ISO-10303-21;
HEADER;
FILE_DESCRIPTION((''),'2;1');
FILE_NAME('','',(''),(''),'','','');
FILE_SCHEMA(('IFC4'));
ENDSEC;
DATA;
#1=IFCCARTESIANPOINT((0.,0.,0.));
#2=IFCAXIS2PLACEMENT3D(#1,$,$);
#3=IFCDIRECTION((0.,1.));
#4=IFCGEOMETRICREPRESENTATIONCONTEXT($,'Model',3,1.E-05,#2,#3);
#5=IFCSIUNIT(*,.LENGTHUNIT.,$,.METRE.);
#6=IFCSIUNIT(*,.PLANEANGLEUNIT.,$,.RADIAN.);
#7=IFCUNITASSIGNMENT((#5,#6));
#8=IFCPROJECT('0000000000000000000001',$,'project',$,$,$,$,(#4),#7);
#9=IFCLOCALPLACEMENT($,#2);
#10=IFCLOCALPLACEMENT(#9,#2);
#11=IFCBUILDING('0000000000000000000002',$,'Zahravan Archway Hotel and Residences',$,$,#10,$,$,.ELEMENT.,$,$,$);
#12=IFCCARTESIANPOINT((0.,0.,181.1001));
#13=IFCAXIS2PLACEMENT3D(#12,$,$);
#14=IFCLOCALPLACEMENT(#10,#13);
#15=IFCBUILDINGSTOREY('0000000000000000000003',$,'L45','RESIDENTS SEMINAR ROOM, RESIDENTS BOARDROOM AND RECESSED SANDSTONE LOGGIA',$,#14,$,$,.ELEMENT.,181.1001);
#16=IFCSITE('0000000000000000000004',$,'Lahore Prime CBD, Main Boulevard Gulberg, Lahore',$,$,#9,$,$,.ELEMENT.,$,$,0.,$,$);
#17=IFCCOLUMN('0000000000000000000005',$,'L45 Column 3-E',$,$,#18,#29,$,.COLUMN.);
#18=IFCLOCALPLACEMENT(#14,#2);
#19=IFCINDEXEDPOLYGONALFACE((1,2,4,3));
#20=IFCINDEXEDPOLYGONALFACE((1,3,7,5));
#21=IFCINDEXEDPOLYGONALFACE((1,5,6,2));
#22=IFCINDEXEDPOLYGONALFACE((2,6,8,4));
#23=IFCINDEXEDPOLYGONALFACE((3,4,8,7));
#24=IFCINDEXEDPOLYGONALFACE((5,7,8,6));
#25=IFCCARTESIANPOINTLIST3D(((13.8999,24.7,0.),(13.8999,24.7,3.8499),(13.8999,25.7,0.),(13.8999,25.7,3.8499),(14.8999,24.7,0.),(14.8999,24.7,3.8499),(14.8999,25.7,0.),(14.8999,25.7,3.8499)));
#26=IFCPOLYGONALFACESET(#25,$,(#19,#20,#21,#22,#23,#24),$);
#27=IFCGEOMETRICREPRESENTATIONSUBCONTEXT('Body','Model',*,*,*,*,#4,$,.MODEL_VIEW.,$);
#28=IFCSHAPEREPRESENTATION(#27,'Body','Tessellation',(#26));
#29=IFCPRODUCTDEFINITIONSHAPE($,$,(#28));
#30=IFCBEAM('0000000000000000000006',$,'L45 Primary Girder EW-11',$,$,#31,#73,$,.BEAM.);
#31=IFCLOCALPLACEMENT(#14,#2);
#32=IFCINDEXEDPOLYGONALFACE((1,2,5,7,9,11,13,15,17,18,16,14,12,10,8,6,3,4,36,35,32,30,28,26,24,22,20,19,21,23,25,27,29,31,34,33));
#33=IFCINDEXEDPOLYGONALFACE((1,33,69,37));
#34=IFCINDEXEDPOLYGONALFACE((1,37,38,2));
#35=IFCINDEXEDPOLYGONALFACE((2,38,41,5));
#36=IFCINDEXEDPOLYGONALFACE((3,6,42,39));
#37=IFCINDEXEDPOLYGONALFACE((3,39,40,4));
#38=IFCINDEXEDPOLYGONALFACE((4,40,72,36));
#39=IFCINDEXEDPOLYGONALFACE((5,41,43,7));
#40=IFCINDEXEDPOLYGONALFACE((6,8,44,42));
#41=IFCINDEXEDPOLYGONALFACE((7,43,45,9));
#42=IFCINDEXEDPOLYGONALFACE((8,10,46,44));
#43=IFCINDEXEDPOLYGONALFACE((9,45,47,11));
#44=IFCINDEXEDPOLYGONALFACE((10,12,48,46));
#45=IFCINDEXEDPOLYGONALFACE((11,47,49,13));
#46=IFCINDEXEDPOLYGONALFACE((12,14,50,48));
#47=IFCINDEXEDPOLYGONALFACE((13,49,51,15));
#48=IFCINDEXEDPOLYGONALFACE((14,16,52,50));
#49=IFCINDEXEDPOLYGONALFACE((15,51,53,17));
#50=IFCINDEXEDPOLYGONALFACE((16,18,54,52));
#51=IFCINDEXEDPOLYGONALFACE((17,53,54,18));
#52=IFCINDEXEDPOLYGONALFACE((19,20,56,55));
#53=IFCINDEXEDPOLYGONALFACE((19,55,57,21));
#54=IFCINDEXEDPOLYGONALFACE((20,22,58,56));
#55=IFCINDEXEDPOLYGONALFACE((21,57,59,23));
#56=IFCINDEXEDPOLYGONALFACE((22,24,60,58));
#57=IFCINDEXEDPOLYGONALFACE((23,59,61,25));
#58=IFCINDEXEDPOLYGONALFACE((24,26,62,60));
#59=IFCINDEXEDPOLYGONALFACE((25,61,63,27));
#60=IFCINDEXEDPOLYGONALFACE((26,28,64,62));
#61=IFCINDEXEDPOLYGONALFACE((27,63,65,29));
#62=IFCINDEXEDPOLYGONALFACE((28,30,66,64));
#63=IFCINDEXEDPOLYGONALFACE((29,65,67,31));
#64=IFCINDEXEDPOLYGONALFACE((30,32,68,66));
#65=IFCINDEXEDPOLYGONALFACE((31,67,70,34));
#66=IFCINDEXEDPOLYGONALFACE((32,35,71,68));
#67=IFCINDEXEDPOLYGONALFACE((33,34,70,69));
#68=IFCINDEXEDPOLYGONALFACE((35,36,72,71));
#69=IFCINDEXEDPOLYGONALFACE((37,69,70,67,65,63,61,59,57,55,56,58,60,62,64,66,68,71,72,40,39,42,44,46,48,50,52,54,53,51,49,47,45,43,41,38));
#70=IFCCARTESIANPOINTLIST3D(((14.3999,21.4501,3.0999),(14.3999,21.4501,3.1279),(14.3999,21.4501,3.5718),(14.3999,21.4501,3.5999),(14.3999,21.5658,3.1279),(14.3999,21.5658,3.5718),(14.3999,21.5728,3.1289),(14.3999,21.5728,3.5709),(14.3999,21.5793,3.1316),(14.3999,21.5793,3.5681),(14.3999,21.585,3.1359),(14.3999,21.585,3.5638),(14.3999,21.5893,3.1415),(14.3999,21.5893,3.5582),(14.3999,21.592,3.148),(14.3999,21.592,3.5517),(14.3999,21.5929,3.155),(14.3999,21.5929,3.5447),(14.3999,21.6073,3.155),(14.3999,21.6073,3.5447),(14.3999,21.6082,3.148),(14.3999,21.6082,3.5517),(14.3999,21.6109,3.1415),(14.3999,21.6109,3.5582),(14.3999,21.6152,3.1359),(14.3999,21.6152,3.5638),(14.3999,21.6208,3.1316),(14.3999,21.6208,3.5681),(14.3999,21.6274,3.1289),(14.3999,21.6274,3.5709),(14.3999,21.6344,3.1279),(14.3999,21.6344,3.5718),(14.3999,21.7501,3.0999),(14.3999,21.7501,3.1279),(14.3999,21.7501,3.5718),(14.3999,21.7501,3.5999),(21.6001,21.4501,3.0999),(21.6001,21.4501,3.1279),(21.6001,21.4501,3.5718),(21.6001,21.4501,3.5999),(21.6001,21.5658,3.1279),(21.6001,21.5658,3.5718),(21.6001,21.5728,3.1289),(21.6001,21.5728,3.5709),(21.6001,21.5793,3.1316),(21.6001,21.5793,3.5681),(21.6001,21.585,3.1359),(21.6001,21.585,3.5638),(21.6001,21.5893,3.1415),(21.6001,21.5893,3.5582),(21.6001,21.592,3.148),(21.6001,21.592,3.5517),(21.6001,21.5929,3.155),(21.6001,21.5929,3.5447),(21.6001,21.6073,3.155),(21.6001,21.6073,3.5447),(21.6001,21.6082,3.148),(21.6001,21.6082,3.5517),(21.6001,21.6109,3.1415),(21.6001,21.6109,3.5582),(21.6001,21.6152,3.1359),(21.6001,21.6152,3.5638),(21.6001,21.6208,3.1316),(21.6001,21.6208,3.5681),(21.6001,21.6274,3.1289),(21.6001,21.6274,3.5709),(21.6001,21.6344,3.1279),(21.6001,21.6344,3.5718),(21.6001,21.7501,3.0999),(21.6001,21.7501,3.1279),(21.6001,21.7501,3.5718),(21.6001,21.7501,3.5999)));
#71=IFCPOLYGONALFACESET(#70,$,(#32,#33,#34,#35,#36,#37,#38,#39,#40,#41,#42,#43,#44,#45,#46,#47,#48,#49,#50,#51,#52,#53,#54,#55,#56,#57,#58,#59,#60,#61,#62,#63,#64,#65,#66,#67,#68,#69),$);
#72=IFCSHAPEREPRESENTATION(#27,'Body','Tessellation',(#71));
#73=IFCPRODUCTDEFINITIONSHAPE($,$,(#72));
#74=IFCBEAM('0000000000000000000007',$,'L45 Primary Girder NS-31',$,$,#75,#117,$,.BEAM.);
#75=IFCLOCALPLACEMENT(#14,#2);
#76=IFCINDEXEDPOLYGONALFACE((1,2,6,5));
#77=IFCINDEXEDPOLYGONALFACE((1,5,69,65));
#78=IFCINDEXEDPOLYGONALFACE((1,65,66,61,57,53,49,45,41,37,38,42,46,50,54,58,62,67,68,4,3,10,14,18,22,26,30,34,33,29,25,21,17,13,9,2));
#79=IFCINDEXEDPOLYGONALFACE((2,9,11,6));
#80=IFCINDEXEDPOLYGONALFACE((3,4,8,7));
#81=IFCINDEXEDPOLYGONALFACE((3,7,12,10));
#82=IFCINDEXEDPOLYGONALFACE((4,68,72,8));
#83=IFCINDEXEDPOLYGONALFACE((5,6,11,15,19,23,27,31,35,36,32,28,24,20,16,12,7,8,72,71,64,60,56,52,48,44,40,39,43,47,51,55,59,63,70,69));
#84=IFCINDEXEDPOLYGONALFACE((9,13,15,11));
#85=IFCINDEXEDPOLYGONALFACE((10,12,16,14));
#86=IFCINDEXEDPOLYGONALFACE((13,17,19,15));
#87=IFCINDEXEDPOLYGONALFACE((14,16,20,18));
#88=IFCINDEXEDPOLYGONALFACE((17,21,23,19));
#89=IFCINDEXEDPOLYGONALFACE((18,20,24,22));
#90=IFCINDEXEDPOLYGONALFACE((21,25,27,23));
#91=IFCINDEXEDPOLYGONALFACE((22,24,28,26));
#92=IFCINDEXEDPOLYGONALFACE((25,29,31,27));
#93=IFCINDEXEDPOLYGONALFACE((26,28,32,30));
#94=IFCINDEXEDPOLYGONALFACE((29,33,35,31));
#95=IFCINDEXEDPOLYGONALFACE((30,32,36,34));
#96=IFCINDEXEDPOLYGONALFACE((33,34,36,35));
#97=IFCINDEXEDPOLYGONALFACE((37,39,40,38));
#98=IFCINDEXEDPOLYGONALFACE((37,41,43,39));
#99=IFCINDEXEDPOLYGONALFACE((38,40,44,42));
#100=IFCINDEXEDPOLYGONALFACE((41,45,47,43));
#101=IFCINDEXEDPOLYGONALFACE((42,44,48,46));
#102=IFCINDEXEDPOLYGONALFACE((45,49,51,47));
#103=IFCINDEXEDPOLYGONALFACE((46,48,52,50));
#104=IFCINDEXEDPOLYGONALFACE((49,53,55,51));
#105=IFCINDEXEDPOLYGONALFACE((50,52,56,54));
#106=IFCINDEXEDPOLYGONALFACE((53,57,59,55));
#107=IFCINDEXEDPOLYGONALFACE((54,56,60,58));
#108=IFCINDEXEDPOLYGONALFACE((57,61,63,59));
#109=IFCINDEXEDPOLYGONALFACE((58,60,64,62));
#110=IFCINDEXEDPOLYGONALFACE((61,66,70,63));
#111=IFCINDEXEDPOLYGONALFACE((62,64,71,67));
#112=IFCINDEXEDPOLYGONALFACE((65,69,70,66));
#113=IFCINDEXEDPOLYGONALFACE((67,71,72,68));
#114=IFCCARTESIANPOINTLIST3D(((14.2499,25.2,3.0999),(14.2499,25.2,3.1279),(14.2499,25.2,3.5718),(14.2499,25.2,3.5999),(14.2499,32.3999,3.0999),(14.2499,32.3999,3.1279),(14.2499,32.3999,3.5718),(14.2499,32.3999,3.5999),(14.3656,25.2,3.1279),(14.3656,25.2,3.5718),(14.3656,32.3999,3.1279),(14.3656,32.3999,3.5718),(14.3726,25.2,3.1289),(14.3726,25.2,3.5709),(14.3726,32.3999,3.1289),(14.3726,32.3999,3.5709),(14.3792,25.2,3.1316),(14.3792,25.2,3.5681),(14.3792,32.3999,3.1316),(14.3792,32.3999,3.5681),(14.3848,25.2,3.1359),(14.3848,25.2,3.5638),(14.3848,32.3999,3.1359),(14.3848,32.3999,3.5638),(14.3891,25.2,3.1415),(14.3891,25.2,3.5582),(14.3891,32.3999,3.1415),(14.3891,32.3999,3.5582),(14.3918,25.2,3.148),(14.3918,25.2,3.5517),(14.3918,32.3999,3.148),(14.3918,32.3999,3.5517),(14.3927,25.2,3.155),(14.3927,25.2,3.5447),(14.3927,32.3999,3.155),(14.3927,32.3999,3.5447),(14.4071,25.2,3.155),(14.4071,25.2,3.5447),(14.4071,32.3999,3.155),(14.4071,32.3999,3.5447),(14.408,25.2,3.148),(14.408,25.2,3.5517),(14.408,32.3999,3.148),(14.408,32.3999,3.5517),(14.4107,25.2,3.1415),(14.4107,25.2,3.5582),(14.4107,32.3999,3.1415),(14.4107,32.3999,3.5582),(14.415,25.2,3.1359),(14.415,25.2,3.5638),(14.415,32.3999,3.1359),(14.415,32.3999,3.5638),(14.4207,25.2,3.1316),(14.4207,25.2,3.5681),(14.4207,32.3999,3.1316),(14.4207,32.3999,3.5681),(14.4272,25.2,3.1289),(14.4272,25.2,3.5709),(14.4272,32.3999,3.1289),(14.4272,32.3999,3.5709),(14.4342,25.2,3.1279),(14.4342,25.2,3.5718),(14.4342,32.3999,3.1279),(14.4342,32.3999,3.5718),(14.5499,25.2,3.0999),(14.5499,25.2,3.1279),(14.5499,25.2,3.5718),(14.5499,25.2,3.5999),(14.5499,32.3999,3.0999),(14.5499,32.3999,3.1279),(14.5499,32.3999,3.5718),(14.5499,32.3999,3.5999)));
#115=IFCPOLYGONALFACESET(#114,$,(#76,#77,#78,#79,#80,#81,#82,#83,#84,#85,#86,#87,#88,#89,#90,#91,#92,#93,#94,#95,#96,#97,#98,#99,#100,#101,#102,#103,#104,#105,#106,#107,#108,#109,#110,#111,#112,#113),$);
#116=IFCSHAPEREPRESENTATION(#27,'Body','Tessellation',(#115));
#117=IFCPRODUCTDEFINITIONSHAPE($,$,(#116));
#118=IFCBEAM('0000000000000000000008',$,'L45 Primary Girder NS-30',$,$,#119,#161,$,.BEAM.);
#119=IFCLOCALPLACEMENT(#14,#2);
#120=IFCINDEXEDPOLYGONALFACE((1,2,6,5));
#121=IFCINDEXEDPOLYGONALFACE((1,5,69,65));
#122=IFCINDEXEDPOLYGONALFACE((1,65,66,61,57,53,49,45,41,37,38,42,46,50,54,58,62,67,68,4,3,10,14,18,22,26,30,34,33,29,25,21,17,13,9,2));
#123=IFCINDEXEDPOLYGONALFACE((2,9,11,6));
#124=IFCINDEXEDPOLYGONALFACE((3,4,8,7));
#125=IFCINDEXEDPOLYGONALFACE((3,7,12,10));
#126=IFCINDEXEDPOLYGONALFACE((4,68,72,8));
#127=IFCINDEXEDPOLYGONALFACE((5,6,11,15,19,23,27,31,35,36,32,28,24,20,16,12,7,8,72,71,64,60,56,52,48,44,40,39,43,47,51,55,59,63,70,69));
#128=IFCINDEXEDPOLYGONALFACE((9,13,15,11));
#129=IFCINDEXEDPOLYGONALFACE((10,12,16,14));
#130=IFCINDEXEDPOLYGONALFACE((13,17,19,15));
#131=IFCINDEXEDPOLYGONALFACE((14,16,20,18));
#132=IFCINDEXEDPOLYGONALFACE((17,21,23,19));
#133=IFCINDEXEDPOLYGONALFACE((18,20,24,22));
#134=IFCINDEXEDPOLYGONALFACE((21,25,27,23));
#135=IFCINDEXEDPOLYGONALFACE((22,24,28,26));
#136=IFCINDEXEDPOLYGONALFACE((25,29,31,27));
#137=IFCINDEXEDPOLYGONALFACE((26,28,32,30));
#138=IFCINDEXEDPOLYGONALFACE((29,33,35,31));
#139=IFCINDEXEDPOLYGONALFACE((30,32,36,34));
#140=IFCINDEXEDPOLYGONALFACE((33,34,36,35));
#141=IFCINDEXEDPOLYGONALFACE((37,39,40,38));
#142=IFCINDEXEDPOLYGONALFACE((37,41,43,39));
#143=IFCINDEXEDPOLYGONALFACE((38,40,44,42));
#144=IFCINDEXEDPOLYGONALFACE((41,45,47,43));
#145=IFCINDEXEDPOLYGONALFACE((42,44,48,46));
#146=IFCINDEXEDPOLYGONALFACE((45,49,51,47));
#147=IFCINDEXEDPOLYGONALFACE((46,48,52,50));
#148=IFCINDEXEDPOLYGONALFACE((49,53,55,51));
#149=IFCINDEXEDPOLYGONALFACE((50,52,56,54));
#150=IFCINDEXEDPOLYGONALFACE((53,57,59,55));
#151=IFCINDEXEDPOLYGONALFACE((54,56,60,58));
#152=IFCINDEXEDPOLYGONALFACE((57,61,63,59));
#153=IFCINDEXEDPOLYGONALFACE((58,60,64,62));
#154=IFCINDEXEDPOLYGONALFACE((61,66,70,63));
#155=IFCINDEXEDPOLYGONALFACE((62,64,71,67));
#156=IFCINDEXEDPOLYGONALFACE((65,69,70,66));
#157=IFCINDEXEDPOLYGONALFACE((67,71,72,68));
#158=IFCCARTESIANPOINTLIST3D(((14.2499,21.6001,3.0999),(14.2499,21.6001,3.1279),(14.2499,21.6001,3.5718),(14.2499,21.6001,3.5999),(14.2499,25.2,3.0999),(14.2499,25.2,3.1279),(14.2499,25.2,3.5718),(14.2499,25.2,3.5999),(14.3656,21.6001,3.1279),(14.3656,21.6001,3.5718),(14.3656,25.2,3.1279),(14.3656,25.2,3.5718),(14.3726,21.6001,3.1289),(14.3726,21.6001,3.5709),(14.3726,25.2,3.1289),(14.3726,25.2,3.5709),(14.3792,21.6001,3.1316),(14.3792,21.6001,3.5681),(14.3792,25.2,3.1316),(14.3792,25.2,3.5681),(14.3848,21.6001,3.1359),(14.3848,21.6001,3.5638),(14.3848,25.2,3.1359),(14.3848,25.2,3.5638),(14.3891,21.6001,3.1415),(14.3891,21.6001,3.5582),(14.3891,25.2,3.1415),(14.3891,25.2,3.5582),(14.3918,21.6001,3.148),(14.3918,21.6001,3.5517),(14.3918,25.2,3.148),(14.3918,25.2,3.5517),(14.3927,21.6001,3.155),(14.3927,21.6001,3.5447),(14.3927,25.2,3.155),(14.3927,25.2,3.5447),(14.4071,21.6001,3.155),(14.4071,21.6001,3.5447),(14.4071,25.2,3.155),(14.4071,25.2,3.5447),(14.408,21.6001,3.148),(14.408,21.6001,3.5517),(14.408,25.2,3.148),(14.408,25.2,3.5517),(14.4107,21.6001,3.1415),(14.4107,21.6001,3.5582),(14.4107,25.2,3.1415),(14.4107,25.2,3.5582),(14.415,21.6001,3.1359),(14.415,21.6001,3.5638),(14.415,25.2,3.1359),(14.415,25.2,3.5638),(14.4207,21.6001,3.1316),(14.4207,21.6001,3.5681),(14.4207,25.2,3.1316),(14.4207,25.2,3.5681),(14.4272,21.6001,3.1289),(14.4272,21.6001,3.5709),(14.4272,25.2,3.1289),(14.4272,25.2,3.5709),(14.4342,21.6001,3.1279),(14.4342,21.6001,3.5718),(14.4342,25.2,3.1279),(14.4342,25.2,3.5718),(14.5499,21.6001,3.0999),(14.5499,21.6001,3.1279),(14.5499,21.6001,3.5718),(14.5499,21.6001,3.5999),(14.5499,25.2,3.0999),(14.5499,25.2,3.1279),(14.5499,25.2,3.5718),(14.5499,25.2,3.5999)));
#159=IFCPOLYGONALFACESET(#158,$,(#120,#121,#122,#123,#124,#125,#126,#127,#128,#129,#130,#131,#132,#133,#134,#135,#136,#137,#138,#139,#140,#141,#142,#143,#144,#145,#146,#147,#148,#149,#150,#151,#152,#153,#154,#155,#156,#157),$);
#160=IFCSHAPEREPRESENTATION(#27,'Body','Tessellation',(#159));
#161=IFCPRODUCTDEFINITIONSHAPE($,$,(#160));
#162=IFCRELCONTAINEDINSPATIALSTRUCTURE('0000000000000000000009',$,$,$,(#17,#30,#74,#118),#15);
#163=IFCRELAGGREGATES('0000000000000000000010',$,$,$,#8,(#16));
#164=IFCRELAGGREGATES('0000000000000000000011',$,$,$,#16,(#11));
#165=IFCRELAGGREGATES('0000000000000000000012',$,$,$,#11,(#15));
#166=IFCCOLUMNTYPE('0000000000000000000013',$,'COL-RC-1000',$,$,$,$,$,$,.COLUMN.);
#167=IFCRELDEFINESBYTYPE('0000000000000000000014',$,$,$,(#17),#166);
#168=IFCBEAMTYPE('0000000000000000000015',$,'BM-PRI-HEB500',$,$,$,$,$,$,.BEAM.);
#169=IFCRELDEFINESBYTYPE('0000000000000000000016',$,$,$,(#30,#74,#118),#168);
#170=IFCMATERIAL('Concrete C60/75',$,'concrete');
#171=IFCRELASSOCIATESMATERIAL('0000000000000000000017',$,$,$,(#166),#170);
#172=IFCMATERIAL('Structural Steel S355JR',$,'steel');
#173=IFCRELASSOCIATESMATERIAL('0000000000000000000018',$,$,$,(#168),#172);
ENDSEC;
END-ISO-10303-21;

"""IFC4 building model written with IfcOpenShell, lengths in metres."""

from ifc_helpers import new_model, si_unit, direction, frame, origin, origin_2d, place, context, subcontext, project, spatial, rectangle, i_section, extrude, source, transform, mapped, material, material_profile, profile_set, type_object, type_shapes, element, save


model = new_model("IFC4")

# Units and contexts
model_context = context("Model", 3, precision=1e-05, world=origin(), true_north=direction((0.0, 1.0)))
body_context = subcontext(model_context, "Body", "Model", "MODEL_VIEW")
ifc_project = project(units=[si_unit("LENGTHUNIT", "METRE"), si_unit("PLANEANGLEUNIT", "RADIAN")], contexts=[model_context])

# Site, building, storey
site_placement = place(None, origin())
site = spatial("IfcSite", under=ifc_project, at=site_placement, Name="Lahore Prime CBD, Main Boulevard Gulberg, Lahore", CompositionType="ELEMENT", RefElevation=0.0)
building_placement = place(site_placement, origin())
building = spatial("IfcBuilding", under=site, at=building_placement, Name="Zahravan Archway Hotel and Residences", CompositionType="ELEMENT")
storey_placement = place(building_placement, frame((0.0, 0.0, 181.1001)))
storey = spatial("IfcBuildingStorey", under=building, at=storey_placement, Name="L45", Description="RESIDENTS SEMINAR ROOM, RESIDENTS BOARDROOM AND RECESSED SANDSTONE LOGGIA", CompositionType="ELEMENT", Elevation=181.1001)

# Column
ifc_material_1 = material(Name="Concrete C60/75", Category="concrete")
ifc_material_profile_1 = material_profile(ifc_material_1, rectangle(XDim=1.0, YDim=1.0, at=origin_2d()), Name="RC-COL-1000x1000", Category="concrete")
ifc_profile_set_1 = profile_set([ifc_material_profile_1], Name="Concrete C60/75")
column_type = type_object("IfcColumnType", Name="COL-RC-1000", PredefinedType="COLUMN", material=ifc_profile_set_1)
shared_shape_1 = source(origin(), body_context, "Body", "SweptSolid", [
    extrude(rectangle(XDim=1.0, YDim=1.0, at=origin_2d()), origin(), (0.0, 0.0, 1.0), 3.8499),
])
column_placement = place(storey_placement, frame((14.3999, 25.2, 0.0), z_axis=(0.0, 0.0, 1.0), x_axis=(1.0, 0.0, 0.0)))
element("IfcColumn", 1, at=column_placement, inside=storey, type_object=column_type, Name="L45 Column 3-E", PredefinedType="COLUMN", context=body_context, shape_type="MappedRepresentation", body=[
    mapped(shared_shape_1, transform((0.0, 0.0, 0.0), scale=1.0)),
])

# Beams
ifc_material_2 = material(Name="Structural Steel S355JR", Category="steel")
ifc_material_profile_2 = material_profile(ifc_material_2, i_section(OverallWidth=0.3, OverallDepth=0.5, WebThickness=0.0144, FlangeThickness=0.0281, FilletRadius=0.0271, at=origin_2d()), Name="HEB 500", Category="steel")
ifc_profile_set_2 = profile_set([ifc_material_profile_2], Name="Structural Steel S355JR")
beam_type_1 = type_object("IfcBeamType", Name="BM-PRI-HEB500", PredefinedType="BEAM", material=ifc_profile_set_2)
shared_shape_2 = source(origin(), body_context, "Body", "SweptSolid", [
    extrude(i_section(OverallWidth=0.3, OverallDepth=0.5, WebThickness=0.0144, FlangeThickness=0.0281, FilletRadius=0.0271, at=origin_2d()), origin(), (0.0, 0.0, 1.0), 7.2002),
])
type_shapes(beam_type_1, [shared_shape_2])
beam_1_placement = place(storey_placement, frame((14.3999, 21.6001, 3.3499), z_axis=(1.0, 0.0, 0.0), x_axis=(0.0, 1.0, 0.0)))
element("IfcBeam", 2, at=beam_1_placement, inside=storey, type_object=beam_type_1, Name="L45 Primary Girder EW-11", PredefinedType="BEAM", context=body_context, shape_type="MappedRepresentation", body=[
    mapped(shared_shape_2, transform((0.0, 0.0, 0.0), scale=1.0)),
])
shared_shape_3 = source(origin(), body_context, "Body", "SweptSolid", [
    extrude(i_section(OverallWidth=0.3, OverallDepth=0.5, WebThickness=0.0144, FlangeThickness=0.0281, FilletRadius=0.0271, at=origin_2d()), origin(), (0.0, 0.0, 1.0), 7.2),
])
beam_2_placement = place(storey_placement, frame((14.3999, 25.2, 3.3499), z_axis=(0.0, 1.0, 0.0), x_axis=(-1.0, 0.0, 0.0)))
element("IfcBeam", 3, at=beam_2_placement, inside=storey, type_object=beam_type_1, Name="L45 Primary Girder NS-31", PredefinedType="BEAM", context=body_context, shape_type="MappedRepresentation", body=[
    mapped(shared_shape_3, transform((0.0, 0.0, 0.0), scale=1.0)),
])
shared_shape_4 = source(origin(), body_context, "Body", "SweptSolid", [
    extrude(i_section(OverallWidth=0.3, OverallDepth=0.5, WebThickness=0.0144, FlangeThickness=0.0281, FilletRadius=0.0271, at=origin_2d()), origin(), (0.0, 0.0, 1.0), 3.5999),
])
beam_3_placement = place(storey_placement, frame((14.3999, 21.6001, 3.3499), z_axis=(0.0, 1.0, 0.0), x_axis=(-1.0, 0.0, 0.0)))
element("IfcBeam", 4, at=beam_3_placement, inside=storey, type_object=beam_type_1, Name="L45 Primary Girder NS-30", PredefinedType="BEAM", context=body_context, shape_type="MappedRepresentation", body=[
    mapped(shared_shape_4, transform((0.0, 0.0, 0.0), scale=1.0)),
])

save(model, "model.ifc")
